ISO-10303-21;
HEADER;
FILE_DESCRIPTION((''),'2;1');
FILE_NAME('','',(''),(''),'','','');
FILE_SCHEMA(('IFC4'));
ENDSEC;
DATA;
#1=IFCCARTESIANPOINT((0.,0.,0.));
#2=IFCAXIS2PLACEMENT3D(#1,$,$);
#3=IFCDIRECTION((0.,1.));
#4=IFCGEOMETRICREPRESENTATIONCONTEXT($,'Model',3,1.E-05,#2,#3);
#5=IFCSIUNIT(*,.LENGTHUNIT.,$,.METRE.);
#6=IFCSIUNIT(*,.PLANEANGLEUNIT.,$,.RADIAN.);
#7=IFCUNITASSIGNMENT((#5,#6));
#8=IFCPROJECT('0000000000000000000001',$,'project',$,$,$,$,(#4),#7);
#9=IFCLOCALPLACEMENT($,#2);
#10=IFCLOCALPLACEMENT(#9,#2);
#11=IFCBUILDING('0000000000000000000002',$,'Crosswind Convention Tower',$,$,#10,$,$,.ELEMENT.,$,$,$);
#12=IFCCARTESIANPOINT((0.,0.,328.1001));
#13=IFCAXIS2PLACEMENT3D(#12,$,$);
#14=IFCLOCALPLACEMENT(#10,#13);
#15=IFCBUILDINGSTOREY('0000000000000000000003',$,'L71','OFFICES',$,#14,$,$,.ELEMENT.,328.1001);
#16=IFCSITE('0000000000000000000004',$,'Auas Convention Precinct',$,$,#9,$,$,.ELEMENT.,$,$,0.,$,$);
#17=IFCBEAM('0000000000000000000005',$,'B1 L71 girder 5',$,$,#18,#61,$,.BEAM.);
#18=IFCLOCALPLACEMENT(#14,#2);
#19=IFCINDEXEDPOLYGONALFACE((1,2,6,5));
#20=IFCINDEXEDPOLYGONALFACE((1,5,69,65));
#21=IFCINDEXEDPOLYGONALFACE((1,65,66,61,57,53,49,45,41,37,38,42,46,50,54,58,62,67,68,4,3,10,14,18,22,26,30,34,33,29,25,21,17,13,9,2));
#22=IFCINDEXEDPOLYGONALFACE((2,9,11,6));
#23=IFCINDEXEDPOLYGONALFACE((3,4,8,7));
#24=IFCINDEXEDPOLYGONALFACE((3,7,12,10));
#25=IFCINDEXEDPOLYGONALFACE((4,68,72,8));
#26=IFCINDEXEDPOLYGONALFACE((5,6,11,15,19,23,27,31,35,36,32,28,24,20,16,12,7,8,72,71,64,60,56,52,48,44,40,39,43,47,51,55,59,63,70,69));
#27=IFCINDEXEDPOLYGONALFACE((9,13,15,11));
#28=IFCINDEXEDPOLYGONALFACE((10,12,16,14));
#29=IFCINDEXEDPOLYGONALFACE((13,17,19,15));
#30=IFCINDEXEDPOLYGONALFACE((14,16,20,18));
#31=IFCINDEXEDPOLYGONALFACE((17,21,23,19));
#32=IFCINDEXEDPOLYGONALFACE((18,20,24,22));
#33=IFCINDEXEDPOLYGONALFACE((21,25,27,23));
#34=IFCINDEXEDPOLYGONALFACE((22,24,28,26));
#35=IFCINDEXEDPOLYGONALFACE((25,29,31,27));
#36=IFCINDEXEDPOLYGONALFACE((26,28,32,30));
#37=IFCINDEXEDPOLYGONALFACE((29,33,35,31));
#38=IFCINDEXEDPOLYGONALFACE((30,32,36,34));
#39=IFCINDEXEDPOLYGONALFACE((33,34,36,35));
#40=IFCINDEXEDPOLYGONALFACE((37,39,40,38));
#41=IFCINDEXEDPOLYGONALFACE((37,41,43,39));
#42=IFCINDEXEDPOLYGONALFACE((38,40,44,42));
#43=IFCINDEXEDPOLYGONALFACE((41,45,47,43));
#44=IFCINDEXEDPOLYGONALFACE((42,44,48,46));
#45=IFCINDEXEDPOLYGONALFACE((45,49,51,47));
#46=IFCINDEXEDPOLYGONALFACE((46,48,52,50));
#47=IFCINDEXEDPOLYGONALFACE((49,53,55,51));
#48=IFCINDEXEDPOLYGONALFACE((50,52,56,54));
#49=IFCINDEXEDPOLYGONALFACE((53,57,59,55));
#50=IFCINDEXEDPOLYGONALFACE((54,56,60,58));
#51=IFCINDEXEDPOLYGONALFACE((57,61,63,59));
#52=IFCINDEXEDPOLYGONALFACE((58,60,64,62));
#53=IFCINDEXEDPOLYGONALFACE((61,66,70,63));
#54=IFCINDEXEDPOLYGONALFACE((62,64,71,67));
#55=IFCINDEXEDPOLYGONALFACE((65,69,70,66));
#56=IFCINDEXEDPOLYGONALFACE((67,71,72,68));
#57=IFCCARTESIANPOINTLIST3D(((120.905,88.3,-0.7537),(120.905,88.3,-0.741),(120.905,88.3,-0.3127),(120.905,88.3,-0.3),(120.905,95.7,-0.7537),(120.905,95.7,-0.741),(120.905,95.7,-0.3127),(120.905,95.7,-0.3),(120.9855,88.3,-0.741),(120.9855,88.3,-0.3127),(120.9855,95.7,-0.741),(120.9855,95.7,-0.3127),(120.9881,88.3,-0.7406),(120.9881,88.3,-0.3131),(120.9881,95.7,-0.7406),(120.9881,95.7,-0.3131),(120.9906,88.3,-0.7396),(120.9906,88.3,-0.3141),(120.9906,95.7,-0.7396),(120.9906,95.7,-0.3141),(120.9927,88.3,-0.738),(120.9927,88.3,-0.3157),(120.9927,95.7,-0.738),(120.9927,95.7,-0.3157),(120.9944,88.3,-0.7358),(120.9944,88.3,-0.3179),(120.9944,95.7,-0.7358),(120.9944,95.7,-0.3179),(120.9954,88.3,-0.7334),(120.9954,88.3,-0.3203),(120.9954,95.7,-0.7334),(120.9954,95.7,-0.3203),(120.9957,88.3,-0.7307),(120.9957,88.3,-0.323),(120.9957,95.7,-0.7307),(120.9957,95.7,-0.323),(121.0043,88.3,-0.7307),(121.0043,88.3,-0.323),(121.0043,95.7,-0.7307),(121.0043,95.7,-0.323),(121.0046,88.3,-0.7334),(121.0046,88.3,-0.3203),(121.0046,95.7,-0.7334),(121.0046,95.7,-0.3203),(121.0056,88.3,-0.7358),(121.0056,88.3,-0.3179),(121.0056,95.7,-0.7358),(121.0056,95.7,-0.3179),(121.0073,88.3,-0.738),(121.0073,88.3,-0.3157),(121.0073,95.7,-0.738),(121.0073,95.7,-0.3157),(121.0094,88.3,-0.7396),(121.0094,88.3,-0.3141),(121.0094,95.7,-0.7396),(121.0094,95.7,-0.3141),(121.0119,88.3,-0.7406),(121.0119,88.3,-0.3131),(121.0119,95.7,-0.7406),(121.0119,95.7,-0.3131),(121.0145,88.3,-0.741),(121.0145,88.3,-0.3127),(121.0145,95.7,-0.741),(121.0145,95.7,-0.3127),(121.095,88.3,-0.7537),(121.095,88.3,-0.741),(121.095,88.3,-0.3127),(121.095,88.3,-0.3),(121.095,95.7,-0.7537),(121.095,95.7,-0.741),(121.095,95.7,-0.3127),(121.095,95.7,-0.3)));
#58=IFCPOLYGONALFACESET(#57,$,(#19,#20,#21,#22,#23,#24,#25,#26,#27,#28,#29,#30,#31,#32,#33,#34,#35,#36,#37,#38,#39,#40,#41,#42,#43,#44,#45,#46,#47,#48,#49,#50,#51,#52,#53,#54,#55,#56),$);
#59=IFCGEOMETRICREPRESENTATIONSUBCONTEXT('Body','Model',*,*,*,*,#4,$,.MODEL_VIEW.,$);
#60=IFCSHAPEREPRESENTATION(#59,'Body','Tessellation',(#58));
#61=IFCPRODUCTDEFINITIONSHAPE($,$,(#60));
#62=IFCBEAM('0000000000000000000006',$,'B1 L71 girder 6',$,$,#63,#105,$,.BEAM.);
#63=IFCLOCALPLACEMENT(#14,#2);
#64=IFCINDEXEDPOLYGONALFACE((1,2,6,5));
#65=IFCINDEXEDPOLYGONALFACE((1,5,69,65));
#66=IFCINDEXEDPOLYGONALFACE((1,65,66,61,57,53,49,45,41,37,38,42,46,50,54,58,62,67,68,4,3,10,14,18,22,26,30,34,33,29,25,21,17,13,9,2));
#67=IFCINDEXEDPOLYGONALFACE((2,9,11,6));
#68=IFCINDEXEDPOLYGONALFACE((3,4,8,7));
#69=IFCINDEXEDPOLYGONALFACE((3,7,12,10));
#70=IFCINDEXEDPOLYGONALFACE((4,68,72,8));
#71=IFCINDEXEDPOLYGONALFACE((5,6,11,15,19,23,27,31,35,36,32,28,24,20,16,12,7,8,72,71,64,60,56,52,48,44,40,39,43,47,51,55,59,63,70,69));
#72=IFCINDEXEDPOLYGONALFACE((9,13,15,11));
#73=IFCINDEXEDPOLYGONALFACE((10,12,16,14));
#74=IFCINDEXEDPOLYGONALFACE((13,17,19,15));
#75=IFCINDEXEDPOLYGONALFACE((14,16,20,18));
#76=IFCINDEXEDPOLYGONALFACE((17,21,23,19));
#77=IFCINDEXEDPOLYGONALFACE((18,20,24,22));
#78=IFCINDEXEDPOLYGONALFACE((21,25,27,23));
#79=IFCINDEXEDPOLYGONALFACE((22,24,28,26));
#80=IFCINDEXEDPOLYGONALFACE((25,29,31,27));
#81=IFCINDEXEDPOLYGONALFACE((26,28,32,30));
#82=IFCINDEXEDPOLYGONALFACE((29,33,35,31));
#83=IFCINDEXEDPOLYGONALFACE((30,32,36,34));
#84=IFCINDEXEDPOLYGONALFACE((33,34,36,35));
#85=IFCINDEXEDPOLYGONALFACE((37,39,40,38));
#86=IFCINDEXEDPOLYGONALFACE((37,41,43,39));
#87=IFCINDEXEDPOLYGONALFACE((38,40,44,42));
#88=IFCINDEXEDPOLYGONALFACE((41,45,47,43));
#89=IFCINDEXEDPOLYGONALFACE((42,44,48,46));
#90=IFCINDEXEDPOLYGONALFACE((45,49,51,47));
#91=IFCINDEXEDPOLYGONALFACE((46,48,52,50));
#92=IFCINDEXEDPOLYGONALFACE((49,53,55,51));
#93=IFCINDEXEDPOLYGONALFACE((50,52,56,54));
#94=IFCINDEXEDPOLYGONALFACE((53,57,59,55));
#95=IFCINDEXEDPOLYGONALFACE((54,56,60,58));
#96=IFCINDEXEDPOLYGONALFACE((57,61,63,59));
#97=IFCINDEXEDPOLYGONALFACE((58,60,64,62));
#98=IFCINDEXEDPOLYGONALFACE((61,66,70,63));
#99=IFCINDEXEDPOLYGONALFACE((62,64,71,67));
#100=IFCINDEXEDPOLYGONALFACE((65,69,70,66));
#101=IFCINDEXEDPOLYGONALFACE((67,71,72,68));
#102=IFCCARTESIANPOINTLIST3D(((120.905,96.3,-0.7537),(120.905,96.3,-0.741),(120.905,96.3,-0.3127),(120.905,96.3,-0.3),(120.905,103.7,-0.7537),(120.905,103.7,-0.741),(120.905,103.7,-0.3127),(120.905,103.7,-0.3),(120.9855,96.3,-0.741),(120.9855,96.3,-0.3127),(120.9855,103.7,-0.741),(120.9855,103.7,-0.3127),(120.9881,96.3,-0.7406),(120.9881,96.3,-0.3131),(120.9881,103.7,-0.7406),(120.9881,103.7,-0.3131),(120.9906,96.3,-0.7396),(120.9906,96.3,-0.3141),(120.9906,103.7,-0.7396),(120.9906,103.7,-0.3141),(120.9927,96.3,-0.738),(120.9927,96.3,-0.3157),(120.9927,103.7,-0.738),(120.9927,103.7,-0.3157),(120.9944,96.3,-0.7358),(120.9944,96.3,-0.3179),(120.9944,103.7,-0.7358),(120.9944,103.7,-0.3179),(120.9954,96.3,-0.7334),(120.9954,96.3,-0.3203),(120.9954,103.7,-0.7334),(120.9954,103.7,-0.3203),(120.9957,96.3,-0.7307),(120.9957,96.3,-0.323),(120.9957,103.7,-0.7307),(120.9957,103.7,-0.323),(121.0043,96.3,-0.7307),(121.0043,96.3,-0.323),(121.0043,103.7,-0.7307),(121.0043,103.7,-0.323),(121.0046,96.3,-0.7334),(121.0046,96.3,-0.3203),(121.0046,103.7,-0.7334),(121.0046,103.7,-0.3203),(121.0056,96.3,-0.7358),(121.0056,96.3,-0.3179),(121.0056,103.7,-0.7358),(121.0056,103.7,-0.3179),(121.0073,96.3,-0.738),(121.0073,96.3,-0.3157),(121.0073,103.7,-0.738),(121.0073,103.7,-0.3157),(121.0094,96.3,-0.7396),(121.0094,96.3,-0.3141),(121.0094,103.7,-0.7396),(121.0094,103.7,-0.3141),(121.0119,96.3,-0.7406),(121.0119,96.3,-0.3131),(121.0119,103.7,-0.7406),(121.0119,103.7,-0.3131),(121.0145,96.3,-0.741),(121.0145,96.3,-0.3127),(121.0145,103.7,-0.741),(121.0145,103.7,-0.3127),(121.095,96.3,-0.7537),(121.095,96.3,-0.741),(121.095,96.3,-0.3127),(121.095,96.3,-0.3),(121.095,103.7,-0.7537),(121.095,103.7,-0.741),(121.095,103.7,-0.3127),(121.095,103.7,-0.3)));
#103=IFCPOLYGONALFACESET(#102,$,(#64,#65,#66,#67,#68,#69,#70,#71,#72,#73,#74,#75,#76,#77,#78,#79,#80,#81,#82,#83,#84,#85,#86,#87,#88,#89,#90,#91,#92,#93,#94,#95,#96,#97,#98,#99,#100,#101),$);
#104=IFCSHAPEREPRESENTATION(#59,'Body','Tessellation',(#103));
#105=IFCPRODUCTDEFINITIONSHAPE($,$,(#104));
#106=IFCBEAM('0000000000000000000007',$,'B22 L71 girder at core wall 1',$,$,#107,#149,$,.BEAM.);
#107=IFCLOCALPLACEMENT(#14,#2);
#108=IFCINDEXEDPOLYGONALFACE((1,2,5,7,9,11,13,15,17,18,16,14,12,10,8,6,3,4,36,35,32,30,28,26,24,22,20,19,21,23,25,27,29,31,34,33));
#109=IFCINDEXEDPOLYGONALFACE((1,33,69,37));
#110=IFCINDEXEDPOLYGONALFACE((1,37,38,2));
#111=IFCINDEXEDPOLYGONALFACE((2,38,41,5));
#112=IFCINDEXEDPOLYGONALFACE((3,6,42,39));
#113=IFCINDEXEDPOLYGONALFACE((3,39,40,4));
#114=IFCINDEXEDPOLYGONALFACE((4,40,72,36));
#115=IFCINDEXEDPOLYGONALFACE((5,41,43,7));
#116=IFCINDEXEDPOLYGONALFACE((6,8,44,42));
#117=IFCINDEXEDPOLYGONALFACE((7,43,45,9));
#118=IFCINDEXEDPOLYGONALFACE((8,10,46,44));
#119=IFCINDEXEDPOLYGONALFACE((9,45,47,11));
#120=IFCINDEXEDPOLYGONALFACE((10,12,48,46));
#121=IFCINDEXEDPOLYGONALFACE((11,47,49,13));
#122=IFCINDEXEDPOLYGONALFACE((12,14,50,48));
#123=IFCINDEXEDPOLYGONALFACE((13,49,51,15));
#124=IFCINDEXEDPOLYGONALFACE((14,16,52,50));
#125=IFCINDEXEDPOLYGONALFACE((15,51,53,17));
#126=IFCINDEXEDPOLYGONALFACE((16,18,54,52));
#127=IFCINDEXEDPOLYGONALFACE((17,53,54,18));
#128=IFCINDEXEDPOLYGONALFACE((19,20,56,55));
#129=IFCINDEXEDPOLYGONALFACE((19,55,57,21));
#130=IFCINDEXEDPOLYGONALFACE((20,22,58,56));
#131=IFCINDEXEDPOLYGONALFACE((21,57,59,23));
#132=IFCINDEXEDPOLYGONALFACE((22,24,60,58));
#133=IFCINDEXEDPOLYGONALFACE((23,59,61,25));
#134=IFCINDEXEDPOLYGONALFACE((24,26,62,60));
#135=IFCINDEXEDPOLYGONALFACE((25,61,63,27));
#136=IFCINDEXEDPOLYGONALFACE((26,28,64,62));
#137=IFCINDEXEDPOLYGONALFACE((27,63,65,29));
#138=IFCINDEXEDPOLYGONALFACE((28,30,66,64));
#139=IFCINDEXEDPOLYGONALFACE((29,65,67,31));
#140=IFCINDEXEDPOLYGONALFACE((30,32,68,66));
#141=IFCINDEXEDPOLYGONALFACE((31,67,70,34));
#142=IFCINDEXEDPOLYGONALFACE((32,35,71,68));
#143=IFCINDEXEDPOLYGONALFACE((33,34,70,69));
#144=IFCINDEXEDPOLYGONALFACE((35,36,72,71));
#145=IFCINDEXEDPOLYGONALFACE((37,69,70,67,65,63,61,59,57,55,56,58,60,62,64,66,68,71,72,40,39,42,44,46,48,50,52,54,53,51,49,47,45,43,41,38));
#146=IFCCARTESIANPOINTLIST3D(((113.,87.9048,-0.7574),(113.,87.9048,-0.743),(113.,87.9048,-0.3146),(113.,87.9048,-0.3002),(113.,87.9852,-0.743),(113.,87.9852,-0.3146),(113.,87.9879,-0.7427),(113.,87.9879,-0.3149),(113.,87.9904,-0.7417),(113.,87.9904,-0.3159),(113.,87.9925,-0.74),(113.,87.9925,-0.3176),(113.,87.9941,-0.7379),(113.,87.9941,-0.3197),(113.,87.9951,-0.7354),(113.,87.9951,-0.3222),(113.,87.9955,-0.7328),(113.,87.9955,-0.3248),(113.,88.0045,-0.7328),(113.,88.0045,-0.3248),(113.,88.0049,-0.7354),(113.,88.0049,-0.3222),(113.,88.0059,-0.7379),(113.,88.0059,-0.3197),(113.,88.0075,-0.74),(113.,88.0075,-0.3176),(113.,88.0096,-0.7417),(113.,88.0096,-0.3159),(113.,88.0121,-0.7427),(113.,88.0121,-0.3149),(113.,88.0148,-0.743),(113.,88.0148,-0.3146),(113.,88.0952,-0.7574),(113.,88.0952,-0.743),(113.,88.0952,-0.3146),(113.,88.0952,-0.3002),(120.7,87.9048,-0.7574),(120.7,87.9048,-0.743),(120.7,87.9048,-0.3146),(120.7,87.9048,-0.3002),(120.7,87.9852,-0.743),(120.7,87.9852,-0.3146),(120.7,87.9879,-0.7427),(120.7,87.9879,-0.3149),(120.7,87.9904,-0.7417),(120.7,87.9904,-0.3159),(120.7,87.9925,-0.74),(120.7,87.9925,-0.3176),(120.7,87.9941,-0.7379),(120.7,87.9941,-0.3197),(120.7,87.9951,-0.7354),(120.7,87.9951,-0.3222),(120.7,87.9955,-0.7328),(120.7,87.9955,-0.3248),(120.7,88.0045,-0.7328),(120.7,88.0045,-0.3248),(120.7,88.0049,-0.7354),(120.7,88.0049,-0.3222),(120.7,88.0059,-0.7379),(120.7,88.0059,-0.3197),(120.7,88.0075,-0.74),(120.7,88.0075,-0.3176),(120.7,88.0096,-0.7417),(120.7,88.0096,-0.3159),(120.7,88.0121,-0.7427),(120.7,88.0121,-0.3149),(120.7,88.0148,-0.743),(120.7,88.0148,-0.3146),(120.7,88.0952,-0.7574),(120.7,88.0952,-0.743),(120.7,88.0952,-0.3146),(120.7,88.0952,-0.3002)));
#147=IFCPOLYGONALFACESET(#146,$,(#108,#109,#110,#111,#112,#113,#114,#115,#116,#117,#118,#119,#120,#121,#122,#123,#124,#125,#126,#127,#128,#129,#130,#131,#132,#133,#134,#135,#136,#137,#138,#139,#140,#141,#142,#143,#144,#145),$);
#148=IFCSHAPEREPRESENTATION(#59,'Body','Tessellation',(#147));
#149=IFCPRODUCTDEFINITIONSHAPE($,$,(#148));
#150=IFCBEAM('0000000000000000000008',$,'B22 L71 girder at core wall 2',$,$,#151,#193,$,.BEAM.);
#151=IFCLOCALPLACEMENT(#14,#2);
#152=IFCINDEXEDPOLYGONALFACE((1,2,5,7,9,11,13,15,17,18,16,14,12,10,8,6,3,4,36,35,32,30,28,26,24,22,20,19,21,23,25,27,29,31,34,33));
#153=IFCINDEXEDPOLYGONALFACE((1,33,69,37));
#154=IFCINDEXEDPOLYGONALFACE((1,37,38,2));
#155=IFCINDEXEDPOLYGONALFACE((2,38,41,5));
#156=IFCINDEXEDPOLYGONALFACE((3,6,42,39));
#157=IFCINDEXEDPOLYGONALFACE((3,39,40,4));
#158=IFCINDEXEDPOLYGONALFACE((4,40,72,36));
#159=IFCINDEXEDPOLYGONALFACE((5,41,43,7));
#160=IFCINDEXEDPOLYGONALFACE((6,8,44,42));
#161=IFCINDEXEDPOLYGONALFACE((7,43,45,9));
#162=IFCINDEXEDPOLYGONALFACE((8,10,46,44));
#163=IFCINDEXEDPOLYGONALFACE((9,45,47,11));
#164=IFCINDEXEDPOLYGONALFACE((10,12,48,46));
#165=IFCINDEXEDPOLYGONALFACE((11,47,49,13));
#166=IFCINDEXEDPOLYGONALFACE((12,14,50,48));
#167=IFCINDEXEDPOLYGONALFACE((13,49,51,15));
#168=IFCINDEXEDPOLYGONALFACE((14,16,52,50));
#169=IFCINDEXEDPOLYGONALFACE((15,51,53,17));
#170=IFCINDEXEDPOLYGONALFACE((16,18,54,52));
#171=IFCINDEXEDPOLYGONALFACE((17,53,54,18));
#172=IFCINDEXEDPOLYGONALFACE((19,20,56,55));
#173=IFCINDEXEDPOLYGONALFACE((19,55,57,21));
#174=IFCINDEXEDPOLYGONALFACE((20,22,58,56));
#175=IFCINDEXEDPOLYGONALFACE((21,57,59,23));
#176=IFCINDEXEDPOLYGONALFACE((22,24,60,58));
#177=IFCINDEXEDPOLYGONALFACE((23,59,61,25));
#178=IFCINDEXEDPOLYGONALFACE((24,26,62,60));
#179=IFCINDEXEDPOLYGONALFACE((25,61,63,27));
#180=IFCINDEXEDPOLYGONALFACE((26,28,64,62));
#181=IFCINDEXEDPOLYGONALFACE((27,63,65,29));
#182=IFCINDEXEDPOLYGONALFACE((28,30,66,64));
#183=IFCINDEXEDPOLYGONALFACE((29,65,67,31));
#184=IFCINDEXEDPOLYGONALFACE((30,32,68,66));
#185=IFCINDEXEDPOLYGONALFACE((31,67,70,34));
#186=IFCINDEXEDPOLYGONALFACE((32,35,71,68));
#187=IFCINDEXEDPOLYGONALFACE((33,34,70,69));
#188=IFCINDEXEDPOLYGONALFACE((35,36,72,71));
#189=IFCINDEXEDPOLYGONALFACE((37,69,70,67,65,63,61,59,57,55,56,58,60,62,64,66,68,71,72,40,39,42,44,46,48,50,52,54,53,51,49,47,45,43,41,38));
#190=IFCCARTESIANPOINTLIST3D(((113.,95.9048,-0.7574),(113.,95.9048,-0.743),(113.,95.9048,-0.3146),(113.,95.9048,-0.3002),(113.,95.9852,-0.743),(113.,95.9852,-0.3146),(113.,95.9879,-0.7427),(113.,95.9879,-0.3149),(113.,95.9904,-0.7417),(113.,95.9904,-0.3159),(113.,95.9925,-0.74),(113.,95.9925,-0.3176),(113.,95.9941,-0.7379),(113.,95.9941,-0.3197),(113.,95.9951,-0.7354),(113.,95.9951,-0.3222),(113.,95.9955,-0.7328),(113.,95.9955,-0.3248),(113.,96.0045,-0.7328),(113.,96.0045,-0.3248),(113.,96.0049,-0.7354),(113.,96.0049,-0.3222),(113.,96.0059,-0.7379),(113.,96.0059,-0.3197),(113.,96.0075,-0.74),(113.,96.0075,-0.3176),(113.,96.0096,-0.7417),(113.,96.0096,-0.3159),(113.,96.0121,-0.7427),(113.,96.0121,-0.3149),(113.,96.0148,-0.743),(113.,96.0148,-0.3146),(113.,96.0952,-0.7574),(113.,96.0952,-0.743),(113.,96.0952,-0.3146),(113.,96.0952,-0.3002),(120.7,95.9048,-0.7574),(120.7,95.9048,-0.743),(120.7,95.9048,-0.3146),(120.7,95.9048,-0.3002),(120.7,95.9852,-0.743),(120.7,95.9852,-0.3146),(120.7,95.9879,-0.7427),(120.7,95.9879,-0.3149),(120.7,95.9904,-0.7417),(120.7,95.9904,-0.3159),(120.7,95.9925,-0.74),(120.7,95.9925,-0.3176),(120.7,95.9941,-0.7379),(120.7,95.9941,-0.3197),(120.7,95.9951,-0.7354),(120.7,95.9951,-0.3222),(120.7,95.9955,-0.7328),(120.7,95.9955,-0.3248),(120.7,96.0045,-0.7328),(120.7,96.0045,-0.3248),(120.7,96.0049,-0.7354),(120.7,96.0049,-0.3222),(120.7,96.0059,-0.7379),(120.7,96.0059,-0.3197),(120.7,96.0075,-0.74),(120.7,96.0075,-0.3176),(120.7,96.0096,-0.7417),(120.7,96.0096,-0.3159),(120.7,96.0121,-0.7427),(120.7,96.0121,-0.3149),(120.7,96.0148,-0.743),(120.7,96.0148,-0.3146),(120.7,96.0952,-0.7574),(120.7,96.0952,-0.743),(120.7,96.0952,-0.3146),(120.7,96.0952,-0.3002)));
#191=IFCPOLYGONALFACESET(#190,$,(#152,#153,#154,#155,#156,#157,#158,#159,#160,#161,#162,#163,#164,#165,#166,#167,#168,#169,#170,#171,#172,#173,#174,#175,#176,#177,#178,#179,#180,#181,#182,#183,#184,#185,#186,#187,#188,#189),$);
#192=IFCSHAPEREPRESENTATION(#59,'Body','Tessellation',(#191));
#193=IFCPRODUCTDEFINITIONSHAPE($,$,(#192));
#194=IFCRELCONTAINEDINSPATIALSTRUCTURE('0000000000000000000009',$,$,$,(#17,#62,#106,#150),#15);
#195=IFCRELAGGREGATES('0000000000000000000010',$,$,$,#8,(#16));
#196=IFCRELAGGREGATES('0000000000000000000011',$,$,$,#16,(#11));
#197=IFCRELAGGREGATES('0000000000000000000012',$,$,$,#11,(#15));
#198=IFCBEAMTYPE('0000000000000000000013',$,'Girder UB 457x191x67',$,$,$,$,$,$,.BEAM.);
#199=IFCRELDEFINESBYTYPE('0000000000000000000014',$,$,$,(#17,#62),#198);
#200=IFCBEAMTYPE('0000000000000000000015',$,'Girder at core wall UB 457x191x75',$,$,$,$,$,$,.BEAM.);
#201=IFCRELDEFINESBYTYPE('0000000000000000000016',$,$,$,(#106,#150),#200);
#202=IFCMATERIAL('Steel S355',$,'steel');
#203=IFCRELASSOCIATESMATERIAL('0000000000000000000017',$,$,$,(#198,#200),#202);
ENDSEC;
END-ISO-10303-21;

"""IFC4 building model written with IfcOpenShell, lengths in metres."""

from ifc_helpers import new_model, si_unit, direction, frame, origin, origin_2d, place, context, subcontext, project, spatial, i_section, extrude, material, material_profile, profile_set, type_object, element, save


model = new_model("IFC4")

# Units and contexts
model_context = context("Model", 3, precision=1e-05, world=origin(), true_north=direction((0.0, 1.0)))
body_context = subcontext(model_context, "Body", "Model", "MODEL_VIEW")
ifc_project = project(units=[si_unit("LENGTHUNIT", "METRE"), si_unit("PLANEANGLEUNIT", "RADIAN")], contexts=[model_context])

# Site, building, storey
site_placement = place(None, origin())
site = spatial("IfcSite", under=ifc_project, at=site_placement, Name="Auas Convention Precinct", CompositionType="ELEMENT", RefElevation=0.0)
building_placement = place(site_placement, origin())
building = spatial("IfcBuilding", under=site, at=building_placement, Name="Crosswind Convention Tower", CompositionType="ELEMENT")
storey_placement = place(building_placement, frame((0.0, 0.0, 328.1001)))
storey = spatial("IfcBuildingStorey", under=building, at=storey_placement, Name="L71", Description="OFFICES", CompositionType="ELEMENT", Elevation=328.1001)

# Beams
ifc_material_1 = material(Name="Steel S355", Category="steel")
ifc_material_profile_1 = material_profile(ifc_material_1, i_section(OverallWidth=0.1899, OverallDepth=0.4536, WebThickness=0.0085, FlangeThickness=0.0127, FilletRadius=0.0103, at=origin_2d()), Name="UB 457x191x67")
ifc_profile_set_1 = profile_set([ifc_material_profile_1], Name="Steel S355")
beam_type_1 = type_object("IfcBeamType", Name="Girder UB 457x191x67", PredefinedType="BEAM", material=ifc_profile_set_1)
for number, where, z_axis, x_axis, name in (
    (1, (121.0, 88.3, -0.5269), (0.0, 1.0, 0.0), (-1.0, 0.0, 0.0), "B1 L71 girder 5"),
    (2, (121.0, 96.3, -0.5269), (0.0, 1.0, 0.0), (-1.0, 0.0, 0.0), "B1 L71 girder 6"),
):
    element("IfcBeam", number, at=place(storey_placement, frame(where, z_axis=z_axis, x_axis=x_axis)), inside=storey, type_object=beam_type_1, Name=name, PredefinedType="BEAM", context=body_context, shape_type="SweptSolid", body=[
        extrude(i_section(OverallWidth=0.1899, OverallDepth=0.4536, WebThickness=0.0085, FlangeThickness=0.0127, FilletRadius=0.0103, at=origin_2d()), origin(), (0.0, 0.0, 1.0), 7.3999),
    ])
ifc_material_profile_2 = material_profile(ifc_material_1, i_section(OverallWidth=0.1904, OverallDepth=0.4573, WebThickness=0.009, FlangeThickness=0.0144, FilletRadius=0.0103, at=origin_2d()), Name="UB 457x191x75")
ifc_profile_set_2 = profile_set([ifc_material_profile_2], Name="Steel S355")
beam_type_2 = type_object("IfcBeamType", Name="Girder at core wall UB 457x191x75", PredefinedType="BEAM", material=ifc_profile_set_2)
for number, where, z_axis, x_axis, name in (
    (3, (113.0, 88.0, -0.5288), (1.0, 0.0, 0.0), (0.0, 1.0, 0.0), "B22 L71 girder at core wall 1"),
    (4, (113.0, 96.0, -0.5288), (1.0, 0.0, 0.0), (0.0, 1.0, 0.0), "B22 L71 girder at core wall 2"),
):
    element("IfcBeam", number, at=place(storey_placement, frame(where, z_axis=z_axis, x_axis=x_axis)), inside=storey, type_object=beam_type_2, Name=name, PredefinedType="BEAM", context=body_context, shape_type="SweptSolid", body=[
        extrude(i_section(OverallWidth=0.1904, OverallDepth=0.4573, WebThickness=0.009, FlangeThickness=0.0144, FilletRadius=0.0103, at=origin_2d()), origin(), (0.0, 0.0, 1.0), 7.7),
    ])

save(model, "model.ifc")
